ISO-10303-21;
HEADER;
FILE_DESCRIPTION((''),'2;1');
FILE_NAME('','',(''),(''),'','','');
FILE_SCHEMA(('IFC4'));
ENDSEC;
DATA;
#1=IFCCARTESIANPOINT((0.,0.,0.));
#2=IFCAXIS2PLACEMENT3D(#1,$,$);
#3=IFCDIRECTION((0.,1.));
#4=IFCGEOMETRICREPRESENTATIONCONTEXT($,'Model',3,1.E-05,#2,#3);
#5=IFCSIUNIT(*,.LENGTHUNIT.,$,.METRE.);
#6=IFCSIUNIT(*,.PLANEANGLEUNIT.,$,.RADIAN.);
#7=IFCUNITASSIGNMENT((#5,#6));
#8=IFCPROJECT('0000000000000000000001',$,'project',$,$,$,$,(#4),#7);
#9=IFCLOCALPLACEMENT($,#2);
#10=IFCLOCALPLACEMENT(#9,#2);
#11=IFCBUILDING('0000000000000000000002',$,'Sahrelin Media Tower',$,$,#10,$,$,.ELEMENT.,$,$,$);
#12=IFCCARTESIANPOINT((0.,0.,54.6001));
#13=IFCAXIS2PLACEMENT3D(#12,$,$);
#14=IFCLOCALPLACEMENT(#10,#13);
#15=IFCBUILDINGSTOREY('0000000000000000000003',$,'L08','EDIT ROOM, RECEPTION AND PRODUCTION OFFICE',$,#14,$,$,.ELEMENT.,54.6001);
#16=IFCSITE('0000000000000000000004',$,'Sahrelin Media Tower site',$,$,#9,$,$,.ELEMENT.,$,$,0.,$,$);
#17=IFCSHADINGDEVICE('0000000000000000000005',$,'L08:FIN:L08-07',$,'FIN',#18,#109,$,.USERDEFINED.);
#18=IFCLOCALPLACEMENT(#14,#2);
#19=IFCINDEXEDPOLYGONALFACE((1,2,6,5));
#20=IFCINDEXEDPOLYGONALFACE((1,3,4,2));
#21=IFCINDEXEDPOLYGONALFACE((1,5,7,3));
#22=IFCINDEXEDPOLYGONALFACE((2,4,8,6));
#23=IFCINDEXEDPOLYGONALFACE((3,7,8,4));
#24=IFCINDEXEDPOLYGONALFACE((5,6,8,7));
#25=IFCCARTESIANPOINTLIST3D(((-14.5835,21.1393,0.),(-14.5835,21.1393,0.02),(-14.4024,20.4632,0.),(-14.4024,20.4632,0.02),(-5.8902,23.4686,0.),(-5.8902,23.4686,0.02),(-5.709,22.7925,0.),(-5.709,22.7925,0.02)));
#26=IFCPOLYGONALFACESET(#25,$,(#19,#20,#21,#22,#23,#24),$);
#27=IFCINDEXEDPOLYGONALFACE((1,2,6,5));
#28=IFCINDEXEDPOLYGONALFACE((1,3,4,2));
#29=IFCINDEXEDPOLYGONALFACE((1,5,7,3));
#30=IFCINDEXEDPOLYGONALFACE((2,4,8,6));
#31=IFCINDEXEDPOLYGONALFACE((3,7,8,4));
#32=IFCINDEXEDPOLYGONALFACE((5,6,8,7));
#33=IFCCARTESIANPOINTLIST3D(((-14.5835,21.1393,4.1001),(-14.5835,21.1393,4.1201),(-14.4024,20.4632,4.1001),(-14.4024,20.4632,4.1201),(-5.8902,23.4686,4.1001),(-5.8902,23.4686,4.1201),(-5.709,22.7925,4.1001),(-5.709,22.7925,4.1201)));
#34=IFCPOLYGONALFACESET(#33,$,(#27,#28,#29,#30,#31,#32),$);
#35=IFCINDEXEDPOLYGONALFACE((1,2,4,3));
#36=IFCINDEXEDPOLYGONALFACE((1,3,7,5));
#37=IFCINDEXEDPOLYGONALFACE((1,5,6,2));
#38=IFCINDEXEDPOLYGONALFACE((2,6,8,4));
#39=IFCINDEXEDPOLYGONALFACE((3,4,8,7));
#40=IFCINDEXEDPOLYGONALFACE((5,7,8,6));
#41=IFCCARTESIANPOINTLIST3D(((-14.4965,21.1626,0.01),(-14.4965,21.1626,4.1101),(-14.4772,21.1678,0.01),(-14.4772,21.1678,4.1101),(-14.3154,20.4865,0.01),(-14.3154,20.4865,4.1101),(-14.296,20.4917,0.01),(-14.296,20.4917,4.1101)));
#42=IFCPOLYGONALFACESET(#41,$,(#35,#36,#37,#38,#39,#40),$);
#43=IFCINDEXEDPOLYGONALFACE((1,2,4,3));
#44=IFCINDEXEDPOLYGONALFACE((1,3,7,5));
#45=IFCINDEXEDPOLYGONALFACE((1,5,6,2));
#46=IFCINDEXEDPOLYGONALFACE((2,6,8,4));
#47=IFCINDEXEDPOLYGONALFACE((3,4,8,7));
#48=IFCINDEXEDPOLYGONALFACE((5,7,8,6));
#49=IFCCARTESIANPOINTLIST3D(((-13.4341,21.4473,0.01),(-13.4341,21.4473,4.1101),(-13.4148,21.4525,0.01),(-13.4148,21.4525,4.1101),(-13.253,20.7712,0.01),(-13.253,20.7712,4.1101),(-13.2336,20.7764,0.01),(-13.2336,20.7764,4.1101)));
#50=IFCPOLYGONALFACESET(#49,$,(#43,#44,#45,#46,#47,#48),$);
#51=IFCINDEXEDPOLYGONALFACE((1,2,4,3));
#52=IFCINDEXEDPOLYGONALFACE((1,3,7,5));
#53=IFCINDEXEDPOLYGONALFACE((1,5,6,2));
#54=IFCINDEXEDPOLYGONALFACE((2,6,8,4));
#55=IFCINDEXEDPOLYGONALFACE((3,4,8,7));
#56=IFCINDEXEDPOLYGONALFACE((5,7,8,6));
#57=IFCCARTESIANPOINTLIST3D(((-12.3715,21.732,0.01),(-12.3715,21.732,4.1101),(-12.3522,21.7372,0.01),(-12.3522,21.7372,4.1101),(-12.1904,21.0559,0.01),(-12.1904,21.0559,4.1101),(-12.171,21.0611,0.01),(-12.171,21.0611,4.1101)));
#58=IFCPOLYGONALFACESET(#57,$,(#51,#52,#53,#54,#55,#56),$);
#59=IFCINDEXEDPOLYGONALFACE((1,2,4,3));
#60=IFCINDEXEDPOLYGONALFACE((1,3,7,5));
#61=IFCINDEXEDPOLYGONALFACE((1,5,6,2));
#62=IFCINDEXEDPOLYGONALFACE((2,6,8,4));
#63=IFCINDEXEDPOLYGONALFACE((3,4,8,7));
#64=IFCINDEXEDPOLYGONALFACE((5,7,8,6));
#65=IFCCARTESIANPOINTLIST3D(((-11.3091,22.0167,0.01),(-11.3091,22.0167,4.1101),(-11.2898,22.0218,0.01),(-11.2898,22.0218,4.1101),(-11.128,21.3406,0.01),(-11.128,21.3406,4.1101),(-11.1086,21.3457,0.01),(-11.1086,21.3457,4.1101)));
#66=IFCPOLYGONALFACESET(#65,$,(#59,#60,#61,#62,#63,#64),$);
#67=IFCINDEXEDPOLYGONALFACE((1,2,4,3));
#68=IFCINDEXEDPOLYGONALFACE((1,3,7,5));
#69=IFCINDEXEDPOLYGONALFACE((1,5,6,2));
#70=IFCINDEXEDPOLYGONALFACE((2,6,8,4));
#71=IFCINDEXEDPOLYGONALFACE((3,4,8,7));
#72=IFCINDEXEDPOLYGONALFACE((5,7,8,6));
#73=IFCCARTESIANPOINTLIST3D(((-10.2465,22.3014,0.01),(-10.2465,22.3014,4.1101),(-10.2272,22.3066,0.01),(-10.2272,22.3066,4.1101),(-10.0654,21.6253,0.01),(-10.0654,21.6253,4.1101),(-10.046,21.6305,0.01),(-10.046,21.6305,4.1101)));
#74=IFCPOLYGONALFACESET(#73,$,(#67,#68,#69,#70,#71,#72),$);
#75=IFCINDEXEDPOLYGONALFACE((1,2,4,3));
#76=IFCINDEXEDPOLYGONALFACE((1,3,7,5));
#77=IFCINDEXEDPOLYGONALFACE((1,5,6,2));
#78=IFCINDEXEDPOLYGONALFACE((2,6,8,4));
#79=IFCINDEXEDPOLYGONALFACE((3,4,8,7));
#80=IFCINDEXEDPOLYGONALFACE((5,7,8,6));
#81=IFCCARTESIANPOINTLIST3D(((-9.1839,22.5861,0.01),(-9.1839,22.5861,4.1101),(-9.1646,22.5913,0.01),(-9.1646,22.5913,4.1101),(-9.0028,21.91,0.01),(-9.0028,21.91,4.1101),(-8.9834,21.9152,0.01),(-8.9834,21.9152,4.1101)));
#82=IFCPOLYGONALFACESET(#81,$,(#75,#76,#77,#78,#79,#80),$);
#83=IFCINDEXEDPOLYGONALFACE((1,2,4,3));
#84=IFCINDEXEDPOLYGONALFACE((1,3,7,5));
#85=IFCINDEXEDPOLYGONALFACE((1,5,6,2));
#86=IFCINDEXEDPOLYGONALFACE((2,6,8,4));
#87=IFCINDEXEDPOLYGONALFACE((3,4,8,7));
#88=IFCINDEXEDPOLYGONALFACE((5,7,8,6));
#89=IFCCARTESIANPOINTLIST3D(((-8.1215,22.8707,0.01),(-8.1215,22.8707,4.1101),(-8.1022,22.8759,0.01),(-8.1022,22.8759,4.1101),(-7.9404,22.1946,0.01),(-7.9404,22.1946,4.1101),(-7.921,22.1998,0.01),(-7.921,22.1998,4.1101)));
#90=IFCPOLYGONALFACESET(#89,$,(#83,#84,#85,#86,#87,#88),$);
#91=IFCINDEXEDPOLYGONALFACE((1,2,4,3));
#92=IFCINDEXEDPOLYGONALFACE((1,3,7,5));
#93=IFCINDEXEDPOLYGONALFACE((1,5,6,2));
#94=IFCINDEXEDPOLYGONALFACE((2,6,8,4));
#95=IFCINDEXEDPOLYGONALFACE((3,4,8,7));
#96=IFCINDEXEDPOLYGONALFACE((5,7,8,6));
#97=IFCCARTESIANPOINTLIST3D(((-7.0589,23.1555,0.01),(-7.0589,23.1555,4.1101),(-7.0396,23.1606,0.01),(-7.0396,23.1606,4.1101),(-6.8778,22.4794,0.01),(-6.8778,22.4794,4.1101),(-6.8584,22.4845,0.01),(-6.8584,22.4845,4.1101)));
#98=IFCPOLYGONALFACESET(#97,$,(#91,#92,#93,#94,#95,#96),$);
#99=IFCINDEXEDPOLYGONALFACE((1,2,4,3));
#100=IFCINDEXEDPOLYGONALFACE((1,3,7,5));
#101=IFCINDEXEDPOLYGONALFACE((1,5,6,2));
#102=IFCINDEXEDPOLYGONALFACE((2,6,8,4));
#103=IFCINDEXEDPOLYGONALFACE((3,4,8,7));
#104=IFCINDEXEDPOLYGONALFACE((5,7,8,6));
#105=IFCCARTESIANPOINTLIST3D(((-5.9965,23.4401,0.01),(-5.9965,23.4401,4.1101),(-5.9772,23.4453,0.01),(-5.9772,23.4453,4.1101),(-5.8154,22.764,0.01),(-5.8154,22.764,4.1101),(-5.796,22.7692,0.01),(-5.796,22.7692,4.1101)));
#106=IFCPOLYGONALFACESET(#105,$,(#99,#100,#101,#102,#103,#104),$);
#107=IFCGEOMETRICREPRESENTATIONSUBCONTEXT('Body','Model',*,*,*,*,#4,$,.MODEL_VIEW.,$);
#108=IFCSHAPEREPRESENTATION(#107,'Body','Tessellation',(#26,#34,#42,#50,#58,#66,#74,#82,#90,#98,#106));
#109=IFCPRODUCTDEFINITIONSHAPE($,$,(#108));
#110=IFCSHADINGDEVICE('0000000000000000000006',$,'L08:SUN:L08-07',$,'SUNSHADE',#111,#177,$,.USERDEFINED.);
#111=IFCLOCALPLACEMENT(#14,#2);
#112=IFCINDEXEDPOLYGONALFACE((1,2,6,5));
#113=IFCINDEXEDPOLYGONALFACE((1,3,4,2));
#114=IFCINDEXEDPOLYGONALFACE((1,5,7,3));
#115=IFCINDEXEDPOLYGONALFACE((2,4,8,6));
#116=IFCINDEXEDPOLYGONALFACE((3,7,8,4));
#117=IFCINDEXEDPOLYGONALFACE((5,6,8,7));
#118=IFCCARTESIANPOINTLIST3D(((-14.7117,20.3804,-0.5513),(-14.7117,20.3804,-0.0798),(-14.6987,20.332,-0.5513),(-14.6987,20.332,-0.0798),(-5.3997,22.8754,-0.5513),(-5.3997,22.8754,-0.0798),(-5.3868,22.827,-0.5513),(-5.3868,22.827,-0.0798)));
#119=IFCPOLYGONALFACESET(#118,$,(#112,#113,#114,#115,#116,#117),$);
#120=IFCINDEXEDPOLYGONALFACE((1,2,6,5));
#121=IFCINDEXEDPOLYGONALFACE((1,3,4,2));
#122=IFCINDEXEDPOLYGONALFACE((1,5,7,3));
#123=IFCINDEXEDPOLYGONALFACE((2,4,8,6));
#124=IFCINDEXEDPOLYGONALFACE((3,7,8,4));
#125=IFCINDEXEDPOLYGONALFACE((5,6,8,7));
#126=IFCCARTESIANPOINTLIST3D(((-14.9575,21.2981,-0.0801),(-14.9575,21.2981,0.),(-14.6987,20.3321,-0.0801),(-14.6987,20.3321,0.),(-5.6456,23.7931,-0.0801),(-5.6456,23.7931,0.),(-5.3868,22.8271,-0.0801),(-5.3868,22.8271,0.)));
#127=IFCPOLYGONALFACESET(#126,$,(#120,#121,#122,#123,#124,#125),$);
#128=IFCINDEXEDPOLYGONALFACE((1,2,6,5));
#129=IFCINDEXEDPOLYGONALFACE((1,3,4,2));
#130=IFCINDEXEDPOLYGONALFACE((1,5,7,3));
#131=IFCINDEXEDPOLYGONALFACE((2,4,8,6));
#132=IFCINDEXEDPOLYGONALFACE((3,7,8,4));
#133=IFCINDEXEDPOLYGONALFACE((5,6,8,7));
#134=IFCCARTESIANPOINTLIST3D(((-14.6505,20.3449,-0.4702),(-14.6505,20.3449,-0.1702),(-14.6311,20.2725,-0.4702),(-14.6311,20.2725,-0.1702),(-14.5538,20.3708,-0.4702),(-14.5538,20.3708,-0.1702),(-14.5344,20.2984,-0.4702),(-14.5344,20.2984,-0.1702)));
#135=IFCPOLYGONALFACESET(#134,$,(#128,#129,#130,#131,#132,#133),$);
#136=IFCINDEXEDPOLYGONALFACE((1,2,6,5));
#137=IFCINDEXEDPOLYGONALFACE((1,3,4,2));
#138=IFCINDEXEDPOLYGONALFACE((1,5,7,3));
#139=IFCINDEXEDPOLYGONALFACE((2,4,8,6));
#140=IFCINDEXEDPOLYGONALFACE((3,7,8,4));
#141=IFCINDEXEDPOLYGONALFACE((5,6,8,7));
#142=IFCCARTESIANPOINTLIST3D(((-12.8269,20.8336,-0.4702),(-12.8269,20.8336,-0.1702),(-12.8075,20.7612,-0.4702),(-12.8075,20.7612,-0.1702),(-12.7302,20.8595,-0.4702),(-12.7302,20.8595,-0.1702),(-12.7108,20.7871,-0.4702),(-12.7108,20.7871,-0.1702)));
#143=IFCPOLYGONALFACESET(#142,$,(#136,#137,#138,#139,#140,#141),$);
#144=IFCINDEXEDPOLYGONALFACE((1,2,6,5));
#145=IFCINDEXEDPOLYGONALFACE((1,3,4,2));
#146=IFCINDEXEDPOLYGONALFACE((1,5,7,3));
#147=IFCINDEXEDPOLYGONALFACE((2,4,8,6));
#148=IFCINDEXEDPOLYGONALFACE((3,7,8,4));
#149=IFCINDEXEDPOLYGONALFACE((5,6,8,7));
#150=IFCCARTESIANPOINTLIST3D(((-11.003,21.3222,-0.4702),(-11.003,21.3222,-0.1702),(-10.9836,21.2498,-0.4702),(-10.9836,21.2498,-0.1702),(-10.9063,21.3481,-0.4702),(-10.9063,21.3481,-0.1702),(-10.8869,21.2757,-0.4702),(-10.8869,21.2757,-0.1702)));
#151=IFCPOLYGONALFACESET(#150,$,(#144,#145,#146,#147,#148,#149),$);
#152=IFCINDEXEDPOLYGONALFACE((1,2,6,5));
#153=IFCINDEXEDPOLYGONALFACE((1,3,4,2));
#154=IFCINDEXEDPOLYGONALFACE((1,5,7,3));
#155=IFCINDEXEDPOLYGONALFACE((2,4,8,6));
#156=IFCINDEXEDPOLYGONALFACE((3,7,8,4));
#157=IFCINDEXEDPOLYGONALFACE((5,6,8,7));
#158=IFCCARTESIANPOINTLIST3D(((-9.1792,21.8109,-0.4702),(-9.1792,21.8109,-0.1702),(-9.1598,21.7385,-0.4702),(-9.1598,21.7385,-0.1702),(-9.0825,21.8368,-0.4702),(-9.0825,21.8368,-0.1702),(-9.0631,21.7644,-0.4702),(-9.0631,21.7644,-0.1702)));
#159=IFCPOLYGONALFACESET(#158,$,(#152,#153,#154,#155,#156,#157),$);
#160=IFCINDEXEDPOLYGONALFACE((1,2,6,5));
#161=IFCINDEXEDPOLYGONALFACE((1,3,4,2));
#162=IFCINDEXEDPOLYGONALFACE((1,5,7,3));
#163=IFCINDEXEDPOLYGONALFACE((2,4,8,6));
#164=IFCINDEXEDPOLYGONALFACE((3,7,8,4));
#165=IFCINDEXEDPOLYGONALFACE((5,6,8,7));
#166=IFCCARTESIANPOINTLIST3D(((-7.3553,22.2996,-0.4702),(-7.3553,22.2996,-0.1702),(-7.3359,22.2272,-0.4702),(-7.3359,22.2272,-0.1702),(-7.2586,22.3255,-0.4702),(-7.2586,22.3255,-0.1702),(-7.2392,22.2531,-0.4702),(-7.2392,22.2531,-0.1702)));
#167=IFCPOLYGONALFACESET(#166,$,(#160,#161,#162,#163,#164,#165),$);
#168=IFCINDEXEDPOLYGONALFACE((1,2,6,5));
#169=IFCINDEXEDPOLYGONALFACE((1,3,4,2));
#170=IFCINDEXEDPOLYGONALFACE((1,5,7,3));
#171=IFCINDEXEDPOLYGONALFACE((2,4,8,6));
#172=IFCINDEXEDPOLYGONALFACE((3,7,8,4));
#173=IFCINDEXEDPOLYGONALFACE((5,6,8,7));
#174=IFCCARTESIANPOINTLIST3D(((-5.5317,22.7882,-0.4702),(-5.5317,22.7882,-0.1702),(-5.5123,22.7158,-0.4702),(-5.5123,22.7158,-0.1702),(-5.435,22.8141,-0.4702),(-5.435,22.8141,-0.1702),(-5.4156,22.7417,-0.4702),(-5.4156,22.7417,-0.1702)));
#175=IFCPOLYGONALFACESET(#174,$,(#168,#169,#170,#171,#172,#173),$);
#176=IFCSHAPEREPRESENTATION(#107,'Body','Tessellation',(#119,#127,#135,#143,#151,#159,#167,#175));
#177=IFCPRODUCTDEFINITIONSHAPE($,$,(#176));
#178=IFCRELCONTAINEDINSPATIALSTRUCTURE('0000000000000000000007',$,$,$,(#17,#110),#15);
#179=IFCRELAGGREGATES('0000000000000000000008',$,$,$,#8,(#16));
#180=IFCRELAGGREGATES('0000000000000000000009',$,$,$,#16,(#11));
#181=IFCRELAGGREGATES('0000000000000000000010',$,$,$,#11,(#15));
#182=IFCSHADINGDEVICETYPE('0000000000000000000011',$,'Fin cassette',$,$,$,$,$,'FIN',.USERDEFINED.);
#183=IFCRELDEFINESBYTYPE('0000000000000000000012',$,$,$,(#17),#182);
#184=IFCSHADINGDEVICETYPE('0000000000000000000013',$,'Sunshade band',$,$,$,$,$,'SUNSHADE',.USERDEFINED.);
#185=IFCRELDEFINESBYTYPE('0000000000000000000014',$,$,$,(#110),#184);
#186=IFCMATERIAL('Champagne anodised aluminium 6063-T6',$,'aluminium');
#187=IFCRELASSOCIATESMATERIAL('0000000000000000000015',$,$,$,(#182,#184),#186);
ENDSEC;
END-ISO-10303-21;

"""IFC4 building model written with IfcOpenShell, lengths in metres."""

from ifc_helpers import new_model, si_unit, direction, frame, origin, origin_2d, place, context, subcontext, project, spatial, rectangle, extrude, material, type_object, element, save


model = new_model("IFC4")

# Units and contexts
model_context = context("Model", 3, precision=1e-05, world=origin(), true_north=direction((0.0, 1.0)))
body_context = subcontext(model_context, "Body", "Model", "MODEL_VIEW")
ifc_project = project(units=[si_unit("LENGTHUNIT", "METRE"), si_unit("PLANEANGLEUNIT", "RADIAN")], contexts=[model_context])

# Site, building, storey
site_placement = place(None, origin())
site = spatial("IfcSite", under=ifc_project, at=site_placement, Name="Sahrelin Media Tower site", CompositionType="ELEMENT", RefElevation=0.0)
building_placement = place(site_placement, origin())
building = spatial("IfcBuilding", under=site, at=building_placement, Name="Sahrelin Media Tower", CompositionType="ELEMENT")
storey_placement = place(building_placement, frame((0.0, 0.0, 54.6001)))
storey = spatial("IfcBuildingStorey", under=building, at=storey_placement, Name="L08", Description="EDIT ROOM, RECEPTION AND PRODUCTION OFFICE", CompositionType="ELEMENT", Elevation=54.6001)

# Shared definitions
ifc_material_1 = material(Name="Champagne anodised aluminium 6063-T6", Category="aluminium")

# Shading devices
shading_device_type_1 = type_object("IfcShadingDeviceType", Name="Fin cassette", ElementType="FIN", PredefinedType="USERDEFINED", material=ifc_material_1)
placement = place(storey_placement, frame((-10.0376, 21.5603, 0.0), z_axis=(0.0, 0.0, 1.0), x_axis=(0.965929, 0.258808, 0.0)))
element("IfcShadingDevice", 1, at=placement, inside=storey, type_object=shading_device_type_1, Name="L08:FIN:L08-07", ObjectType="FIN", PredefinedType="USERDEFINED", context=body_context, shape_type="SweptSolid", body=[
    extrude(rectangle(XDim=9.0, YDim=0.7, at=origin_2d()), frame((0.0, 0.4199, 0.0)), (0.0, 0.0, 1.0), 0.02),
    extrude(rectangle(XDim=9.0, YDim=0.7, at=origin_2d()), frame((0.0, 0.4199, 4.1001)), (0.0, 0.0, 1.0), 0.02),
    extrude(rectangle(XDim=0.02, YDim=0.7, at=origin_2d()), frame((-4.3999, 0.4199, 0.01), z_axis=(0.0, 0.0, 1.0), x_axis=(1.0, 0.0, 0.0)), (0.0, 0.0, 1.0), 4.1001),
    extrude(rectangle(XDim=0.02, YDim=0.7, at=origin_2d()), frame((-3.3, 0.4199, 0.01), z_axis=(0.0, 0.0, 1.0), x_axis=(1.0, 0.0, 0.0)), (0.0, 0.0, 1.0), 4.1001),
    extrude(rectangle(XDim=0.02, YDim=0.7, at=origin_2d()), frame((-2.2, 0.4199, 0.01), z_axis=(0.0, 0.0, 1.0), x_axis=(1.0, 0.0, 0.0)), (0.0, 0.0, 1.0), 4.1001),
    extrude(rectangle(XDim=0.02, YDim=0.7, at=origin_2d()), frame((-1.1001, 0.4199, 0.01), z_axis=(0.0, 0.0, 1.0), x_axis=(1.0, 0.0, 0.0)), (0.0, 0.0, 1.0), 4.1001),
    extrude(rectangle(XDim=0.02, YDim=0.7, at=origin_2d()), frame((0.0, 0.4199, 0.01), z_axis=(0.0, 0.0, 1.0), x_axis=(1.0, 0.0, 0.0)), (0.0, 0.0, 1.0), 4.1001),
    extrude(rectangle(XDim=0.02, YDim=0.7, at=origin_2d()), frame((1.1001, 0.4199, 0.01), z_axis=(0.0, 0.0, 1.0), x_axis=(1.0, 0.0, 0.0)), (0.0, 0.0, 1.0), 4.1001),
    extrude(rectangle(XDim=0.02, YDim=0.7, at=origin_2d()), frame((2.2, 0.4199, 0.01), z_axis=(0.0, 0.0, 1.0), x_axis=(1.0, 0.0, 0.0)), (0.0, 0.0, 1.0), 4.1001),
    extrude(rectangle(XDim=0.02, YDim=0.7, at=origin_2d()), frame((3.3, 0.4199, 0.01), z_axis=(0.0, 0.0, 1.0), x_axis=(1.0, 0.0, 0.0)), (0.0, 0.0, 1.0), 4.1001),
    extrude(rectangle(XDim=0.02, YDim=0.7, at=origin_2d()), frame((4.3999, 0.4199, 0.01), z_axis=(0.0, 0.0, 1.0), x_axis=(1.0, 0.0, 0.0)), (0.0, 0.0, 1.0), 4.1001),
])
shading_device_type_2 = type_object("IfcShadingDeviceType", Name="Sunshade band", ElementType="SUNSHADE", PredefinedType="USERDEFINED", material=ifc_material_1)
element("IfcShadingDevice", 2, at=placement, inside=storey, type_object=shading_device_type_2, Name="L08:SUN:L08-07", ObjectType="SUNSHADE", PredefinedType="USERDEFINED", context=body_context, shape_type="SweptSolid", body=[
    extrude(rectangle(XDim=9.6404, YDim=0.05, at=origin_2d()), frame((0.0, 0.0449, -0.5513)), (0.0, 0.0, 1.0), 0.4714),
    extrude(rectangle(XDim=9.6404, YDim=1.0, at=origin_2d()), frame((0.0, 0.52, -0.0801)), (0.0, 0.0, 1.0), 0.0801),
    extrude(rectangle(XDim=0.1001, YDim=0.075, at=origin_2d()), frame((-4.7202, -0.0176, -0.4702)), (0.0, 0.0, 1.0), 0.3),
    extrude(rectangle(XDim=0.1001, YDim=0.075, at=origin_2d()), frame((-2.8323, -0.0176, -0.4702)), (0.0, 0.0, 1.0), 0.3),
    extrude(rectangle(XDim=0.1001, YDim=0.075, at=origin_2d()), frame((-0.9441, -0.0176, -0.4702)), (0.0, 0.0, 1.0), 0.3),
    extrude(rectangle(XDim=0.1001, YDim=0.075, at=origin_2d()), frame((0.9441, -0.0176, -0.4702)), (0.0, 0.0, 1.0), 0.3),
    extrude(rectangle(XDim=0.1001, YDim=0.075, at=origin_2d()), frame((2.8323, -0.0176, -0.4702)), (0.0, 0.0, 1.0), 0.3),
    extrude(rectangle(XDim=0.1001, YDim=0.075, at=origin_2d()), frame((4.7202, -0.0176, -0.4702)), (0.0, 0.0, 1.0), 0.3),
])

save(model, "model.ifc")
